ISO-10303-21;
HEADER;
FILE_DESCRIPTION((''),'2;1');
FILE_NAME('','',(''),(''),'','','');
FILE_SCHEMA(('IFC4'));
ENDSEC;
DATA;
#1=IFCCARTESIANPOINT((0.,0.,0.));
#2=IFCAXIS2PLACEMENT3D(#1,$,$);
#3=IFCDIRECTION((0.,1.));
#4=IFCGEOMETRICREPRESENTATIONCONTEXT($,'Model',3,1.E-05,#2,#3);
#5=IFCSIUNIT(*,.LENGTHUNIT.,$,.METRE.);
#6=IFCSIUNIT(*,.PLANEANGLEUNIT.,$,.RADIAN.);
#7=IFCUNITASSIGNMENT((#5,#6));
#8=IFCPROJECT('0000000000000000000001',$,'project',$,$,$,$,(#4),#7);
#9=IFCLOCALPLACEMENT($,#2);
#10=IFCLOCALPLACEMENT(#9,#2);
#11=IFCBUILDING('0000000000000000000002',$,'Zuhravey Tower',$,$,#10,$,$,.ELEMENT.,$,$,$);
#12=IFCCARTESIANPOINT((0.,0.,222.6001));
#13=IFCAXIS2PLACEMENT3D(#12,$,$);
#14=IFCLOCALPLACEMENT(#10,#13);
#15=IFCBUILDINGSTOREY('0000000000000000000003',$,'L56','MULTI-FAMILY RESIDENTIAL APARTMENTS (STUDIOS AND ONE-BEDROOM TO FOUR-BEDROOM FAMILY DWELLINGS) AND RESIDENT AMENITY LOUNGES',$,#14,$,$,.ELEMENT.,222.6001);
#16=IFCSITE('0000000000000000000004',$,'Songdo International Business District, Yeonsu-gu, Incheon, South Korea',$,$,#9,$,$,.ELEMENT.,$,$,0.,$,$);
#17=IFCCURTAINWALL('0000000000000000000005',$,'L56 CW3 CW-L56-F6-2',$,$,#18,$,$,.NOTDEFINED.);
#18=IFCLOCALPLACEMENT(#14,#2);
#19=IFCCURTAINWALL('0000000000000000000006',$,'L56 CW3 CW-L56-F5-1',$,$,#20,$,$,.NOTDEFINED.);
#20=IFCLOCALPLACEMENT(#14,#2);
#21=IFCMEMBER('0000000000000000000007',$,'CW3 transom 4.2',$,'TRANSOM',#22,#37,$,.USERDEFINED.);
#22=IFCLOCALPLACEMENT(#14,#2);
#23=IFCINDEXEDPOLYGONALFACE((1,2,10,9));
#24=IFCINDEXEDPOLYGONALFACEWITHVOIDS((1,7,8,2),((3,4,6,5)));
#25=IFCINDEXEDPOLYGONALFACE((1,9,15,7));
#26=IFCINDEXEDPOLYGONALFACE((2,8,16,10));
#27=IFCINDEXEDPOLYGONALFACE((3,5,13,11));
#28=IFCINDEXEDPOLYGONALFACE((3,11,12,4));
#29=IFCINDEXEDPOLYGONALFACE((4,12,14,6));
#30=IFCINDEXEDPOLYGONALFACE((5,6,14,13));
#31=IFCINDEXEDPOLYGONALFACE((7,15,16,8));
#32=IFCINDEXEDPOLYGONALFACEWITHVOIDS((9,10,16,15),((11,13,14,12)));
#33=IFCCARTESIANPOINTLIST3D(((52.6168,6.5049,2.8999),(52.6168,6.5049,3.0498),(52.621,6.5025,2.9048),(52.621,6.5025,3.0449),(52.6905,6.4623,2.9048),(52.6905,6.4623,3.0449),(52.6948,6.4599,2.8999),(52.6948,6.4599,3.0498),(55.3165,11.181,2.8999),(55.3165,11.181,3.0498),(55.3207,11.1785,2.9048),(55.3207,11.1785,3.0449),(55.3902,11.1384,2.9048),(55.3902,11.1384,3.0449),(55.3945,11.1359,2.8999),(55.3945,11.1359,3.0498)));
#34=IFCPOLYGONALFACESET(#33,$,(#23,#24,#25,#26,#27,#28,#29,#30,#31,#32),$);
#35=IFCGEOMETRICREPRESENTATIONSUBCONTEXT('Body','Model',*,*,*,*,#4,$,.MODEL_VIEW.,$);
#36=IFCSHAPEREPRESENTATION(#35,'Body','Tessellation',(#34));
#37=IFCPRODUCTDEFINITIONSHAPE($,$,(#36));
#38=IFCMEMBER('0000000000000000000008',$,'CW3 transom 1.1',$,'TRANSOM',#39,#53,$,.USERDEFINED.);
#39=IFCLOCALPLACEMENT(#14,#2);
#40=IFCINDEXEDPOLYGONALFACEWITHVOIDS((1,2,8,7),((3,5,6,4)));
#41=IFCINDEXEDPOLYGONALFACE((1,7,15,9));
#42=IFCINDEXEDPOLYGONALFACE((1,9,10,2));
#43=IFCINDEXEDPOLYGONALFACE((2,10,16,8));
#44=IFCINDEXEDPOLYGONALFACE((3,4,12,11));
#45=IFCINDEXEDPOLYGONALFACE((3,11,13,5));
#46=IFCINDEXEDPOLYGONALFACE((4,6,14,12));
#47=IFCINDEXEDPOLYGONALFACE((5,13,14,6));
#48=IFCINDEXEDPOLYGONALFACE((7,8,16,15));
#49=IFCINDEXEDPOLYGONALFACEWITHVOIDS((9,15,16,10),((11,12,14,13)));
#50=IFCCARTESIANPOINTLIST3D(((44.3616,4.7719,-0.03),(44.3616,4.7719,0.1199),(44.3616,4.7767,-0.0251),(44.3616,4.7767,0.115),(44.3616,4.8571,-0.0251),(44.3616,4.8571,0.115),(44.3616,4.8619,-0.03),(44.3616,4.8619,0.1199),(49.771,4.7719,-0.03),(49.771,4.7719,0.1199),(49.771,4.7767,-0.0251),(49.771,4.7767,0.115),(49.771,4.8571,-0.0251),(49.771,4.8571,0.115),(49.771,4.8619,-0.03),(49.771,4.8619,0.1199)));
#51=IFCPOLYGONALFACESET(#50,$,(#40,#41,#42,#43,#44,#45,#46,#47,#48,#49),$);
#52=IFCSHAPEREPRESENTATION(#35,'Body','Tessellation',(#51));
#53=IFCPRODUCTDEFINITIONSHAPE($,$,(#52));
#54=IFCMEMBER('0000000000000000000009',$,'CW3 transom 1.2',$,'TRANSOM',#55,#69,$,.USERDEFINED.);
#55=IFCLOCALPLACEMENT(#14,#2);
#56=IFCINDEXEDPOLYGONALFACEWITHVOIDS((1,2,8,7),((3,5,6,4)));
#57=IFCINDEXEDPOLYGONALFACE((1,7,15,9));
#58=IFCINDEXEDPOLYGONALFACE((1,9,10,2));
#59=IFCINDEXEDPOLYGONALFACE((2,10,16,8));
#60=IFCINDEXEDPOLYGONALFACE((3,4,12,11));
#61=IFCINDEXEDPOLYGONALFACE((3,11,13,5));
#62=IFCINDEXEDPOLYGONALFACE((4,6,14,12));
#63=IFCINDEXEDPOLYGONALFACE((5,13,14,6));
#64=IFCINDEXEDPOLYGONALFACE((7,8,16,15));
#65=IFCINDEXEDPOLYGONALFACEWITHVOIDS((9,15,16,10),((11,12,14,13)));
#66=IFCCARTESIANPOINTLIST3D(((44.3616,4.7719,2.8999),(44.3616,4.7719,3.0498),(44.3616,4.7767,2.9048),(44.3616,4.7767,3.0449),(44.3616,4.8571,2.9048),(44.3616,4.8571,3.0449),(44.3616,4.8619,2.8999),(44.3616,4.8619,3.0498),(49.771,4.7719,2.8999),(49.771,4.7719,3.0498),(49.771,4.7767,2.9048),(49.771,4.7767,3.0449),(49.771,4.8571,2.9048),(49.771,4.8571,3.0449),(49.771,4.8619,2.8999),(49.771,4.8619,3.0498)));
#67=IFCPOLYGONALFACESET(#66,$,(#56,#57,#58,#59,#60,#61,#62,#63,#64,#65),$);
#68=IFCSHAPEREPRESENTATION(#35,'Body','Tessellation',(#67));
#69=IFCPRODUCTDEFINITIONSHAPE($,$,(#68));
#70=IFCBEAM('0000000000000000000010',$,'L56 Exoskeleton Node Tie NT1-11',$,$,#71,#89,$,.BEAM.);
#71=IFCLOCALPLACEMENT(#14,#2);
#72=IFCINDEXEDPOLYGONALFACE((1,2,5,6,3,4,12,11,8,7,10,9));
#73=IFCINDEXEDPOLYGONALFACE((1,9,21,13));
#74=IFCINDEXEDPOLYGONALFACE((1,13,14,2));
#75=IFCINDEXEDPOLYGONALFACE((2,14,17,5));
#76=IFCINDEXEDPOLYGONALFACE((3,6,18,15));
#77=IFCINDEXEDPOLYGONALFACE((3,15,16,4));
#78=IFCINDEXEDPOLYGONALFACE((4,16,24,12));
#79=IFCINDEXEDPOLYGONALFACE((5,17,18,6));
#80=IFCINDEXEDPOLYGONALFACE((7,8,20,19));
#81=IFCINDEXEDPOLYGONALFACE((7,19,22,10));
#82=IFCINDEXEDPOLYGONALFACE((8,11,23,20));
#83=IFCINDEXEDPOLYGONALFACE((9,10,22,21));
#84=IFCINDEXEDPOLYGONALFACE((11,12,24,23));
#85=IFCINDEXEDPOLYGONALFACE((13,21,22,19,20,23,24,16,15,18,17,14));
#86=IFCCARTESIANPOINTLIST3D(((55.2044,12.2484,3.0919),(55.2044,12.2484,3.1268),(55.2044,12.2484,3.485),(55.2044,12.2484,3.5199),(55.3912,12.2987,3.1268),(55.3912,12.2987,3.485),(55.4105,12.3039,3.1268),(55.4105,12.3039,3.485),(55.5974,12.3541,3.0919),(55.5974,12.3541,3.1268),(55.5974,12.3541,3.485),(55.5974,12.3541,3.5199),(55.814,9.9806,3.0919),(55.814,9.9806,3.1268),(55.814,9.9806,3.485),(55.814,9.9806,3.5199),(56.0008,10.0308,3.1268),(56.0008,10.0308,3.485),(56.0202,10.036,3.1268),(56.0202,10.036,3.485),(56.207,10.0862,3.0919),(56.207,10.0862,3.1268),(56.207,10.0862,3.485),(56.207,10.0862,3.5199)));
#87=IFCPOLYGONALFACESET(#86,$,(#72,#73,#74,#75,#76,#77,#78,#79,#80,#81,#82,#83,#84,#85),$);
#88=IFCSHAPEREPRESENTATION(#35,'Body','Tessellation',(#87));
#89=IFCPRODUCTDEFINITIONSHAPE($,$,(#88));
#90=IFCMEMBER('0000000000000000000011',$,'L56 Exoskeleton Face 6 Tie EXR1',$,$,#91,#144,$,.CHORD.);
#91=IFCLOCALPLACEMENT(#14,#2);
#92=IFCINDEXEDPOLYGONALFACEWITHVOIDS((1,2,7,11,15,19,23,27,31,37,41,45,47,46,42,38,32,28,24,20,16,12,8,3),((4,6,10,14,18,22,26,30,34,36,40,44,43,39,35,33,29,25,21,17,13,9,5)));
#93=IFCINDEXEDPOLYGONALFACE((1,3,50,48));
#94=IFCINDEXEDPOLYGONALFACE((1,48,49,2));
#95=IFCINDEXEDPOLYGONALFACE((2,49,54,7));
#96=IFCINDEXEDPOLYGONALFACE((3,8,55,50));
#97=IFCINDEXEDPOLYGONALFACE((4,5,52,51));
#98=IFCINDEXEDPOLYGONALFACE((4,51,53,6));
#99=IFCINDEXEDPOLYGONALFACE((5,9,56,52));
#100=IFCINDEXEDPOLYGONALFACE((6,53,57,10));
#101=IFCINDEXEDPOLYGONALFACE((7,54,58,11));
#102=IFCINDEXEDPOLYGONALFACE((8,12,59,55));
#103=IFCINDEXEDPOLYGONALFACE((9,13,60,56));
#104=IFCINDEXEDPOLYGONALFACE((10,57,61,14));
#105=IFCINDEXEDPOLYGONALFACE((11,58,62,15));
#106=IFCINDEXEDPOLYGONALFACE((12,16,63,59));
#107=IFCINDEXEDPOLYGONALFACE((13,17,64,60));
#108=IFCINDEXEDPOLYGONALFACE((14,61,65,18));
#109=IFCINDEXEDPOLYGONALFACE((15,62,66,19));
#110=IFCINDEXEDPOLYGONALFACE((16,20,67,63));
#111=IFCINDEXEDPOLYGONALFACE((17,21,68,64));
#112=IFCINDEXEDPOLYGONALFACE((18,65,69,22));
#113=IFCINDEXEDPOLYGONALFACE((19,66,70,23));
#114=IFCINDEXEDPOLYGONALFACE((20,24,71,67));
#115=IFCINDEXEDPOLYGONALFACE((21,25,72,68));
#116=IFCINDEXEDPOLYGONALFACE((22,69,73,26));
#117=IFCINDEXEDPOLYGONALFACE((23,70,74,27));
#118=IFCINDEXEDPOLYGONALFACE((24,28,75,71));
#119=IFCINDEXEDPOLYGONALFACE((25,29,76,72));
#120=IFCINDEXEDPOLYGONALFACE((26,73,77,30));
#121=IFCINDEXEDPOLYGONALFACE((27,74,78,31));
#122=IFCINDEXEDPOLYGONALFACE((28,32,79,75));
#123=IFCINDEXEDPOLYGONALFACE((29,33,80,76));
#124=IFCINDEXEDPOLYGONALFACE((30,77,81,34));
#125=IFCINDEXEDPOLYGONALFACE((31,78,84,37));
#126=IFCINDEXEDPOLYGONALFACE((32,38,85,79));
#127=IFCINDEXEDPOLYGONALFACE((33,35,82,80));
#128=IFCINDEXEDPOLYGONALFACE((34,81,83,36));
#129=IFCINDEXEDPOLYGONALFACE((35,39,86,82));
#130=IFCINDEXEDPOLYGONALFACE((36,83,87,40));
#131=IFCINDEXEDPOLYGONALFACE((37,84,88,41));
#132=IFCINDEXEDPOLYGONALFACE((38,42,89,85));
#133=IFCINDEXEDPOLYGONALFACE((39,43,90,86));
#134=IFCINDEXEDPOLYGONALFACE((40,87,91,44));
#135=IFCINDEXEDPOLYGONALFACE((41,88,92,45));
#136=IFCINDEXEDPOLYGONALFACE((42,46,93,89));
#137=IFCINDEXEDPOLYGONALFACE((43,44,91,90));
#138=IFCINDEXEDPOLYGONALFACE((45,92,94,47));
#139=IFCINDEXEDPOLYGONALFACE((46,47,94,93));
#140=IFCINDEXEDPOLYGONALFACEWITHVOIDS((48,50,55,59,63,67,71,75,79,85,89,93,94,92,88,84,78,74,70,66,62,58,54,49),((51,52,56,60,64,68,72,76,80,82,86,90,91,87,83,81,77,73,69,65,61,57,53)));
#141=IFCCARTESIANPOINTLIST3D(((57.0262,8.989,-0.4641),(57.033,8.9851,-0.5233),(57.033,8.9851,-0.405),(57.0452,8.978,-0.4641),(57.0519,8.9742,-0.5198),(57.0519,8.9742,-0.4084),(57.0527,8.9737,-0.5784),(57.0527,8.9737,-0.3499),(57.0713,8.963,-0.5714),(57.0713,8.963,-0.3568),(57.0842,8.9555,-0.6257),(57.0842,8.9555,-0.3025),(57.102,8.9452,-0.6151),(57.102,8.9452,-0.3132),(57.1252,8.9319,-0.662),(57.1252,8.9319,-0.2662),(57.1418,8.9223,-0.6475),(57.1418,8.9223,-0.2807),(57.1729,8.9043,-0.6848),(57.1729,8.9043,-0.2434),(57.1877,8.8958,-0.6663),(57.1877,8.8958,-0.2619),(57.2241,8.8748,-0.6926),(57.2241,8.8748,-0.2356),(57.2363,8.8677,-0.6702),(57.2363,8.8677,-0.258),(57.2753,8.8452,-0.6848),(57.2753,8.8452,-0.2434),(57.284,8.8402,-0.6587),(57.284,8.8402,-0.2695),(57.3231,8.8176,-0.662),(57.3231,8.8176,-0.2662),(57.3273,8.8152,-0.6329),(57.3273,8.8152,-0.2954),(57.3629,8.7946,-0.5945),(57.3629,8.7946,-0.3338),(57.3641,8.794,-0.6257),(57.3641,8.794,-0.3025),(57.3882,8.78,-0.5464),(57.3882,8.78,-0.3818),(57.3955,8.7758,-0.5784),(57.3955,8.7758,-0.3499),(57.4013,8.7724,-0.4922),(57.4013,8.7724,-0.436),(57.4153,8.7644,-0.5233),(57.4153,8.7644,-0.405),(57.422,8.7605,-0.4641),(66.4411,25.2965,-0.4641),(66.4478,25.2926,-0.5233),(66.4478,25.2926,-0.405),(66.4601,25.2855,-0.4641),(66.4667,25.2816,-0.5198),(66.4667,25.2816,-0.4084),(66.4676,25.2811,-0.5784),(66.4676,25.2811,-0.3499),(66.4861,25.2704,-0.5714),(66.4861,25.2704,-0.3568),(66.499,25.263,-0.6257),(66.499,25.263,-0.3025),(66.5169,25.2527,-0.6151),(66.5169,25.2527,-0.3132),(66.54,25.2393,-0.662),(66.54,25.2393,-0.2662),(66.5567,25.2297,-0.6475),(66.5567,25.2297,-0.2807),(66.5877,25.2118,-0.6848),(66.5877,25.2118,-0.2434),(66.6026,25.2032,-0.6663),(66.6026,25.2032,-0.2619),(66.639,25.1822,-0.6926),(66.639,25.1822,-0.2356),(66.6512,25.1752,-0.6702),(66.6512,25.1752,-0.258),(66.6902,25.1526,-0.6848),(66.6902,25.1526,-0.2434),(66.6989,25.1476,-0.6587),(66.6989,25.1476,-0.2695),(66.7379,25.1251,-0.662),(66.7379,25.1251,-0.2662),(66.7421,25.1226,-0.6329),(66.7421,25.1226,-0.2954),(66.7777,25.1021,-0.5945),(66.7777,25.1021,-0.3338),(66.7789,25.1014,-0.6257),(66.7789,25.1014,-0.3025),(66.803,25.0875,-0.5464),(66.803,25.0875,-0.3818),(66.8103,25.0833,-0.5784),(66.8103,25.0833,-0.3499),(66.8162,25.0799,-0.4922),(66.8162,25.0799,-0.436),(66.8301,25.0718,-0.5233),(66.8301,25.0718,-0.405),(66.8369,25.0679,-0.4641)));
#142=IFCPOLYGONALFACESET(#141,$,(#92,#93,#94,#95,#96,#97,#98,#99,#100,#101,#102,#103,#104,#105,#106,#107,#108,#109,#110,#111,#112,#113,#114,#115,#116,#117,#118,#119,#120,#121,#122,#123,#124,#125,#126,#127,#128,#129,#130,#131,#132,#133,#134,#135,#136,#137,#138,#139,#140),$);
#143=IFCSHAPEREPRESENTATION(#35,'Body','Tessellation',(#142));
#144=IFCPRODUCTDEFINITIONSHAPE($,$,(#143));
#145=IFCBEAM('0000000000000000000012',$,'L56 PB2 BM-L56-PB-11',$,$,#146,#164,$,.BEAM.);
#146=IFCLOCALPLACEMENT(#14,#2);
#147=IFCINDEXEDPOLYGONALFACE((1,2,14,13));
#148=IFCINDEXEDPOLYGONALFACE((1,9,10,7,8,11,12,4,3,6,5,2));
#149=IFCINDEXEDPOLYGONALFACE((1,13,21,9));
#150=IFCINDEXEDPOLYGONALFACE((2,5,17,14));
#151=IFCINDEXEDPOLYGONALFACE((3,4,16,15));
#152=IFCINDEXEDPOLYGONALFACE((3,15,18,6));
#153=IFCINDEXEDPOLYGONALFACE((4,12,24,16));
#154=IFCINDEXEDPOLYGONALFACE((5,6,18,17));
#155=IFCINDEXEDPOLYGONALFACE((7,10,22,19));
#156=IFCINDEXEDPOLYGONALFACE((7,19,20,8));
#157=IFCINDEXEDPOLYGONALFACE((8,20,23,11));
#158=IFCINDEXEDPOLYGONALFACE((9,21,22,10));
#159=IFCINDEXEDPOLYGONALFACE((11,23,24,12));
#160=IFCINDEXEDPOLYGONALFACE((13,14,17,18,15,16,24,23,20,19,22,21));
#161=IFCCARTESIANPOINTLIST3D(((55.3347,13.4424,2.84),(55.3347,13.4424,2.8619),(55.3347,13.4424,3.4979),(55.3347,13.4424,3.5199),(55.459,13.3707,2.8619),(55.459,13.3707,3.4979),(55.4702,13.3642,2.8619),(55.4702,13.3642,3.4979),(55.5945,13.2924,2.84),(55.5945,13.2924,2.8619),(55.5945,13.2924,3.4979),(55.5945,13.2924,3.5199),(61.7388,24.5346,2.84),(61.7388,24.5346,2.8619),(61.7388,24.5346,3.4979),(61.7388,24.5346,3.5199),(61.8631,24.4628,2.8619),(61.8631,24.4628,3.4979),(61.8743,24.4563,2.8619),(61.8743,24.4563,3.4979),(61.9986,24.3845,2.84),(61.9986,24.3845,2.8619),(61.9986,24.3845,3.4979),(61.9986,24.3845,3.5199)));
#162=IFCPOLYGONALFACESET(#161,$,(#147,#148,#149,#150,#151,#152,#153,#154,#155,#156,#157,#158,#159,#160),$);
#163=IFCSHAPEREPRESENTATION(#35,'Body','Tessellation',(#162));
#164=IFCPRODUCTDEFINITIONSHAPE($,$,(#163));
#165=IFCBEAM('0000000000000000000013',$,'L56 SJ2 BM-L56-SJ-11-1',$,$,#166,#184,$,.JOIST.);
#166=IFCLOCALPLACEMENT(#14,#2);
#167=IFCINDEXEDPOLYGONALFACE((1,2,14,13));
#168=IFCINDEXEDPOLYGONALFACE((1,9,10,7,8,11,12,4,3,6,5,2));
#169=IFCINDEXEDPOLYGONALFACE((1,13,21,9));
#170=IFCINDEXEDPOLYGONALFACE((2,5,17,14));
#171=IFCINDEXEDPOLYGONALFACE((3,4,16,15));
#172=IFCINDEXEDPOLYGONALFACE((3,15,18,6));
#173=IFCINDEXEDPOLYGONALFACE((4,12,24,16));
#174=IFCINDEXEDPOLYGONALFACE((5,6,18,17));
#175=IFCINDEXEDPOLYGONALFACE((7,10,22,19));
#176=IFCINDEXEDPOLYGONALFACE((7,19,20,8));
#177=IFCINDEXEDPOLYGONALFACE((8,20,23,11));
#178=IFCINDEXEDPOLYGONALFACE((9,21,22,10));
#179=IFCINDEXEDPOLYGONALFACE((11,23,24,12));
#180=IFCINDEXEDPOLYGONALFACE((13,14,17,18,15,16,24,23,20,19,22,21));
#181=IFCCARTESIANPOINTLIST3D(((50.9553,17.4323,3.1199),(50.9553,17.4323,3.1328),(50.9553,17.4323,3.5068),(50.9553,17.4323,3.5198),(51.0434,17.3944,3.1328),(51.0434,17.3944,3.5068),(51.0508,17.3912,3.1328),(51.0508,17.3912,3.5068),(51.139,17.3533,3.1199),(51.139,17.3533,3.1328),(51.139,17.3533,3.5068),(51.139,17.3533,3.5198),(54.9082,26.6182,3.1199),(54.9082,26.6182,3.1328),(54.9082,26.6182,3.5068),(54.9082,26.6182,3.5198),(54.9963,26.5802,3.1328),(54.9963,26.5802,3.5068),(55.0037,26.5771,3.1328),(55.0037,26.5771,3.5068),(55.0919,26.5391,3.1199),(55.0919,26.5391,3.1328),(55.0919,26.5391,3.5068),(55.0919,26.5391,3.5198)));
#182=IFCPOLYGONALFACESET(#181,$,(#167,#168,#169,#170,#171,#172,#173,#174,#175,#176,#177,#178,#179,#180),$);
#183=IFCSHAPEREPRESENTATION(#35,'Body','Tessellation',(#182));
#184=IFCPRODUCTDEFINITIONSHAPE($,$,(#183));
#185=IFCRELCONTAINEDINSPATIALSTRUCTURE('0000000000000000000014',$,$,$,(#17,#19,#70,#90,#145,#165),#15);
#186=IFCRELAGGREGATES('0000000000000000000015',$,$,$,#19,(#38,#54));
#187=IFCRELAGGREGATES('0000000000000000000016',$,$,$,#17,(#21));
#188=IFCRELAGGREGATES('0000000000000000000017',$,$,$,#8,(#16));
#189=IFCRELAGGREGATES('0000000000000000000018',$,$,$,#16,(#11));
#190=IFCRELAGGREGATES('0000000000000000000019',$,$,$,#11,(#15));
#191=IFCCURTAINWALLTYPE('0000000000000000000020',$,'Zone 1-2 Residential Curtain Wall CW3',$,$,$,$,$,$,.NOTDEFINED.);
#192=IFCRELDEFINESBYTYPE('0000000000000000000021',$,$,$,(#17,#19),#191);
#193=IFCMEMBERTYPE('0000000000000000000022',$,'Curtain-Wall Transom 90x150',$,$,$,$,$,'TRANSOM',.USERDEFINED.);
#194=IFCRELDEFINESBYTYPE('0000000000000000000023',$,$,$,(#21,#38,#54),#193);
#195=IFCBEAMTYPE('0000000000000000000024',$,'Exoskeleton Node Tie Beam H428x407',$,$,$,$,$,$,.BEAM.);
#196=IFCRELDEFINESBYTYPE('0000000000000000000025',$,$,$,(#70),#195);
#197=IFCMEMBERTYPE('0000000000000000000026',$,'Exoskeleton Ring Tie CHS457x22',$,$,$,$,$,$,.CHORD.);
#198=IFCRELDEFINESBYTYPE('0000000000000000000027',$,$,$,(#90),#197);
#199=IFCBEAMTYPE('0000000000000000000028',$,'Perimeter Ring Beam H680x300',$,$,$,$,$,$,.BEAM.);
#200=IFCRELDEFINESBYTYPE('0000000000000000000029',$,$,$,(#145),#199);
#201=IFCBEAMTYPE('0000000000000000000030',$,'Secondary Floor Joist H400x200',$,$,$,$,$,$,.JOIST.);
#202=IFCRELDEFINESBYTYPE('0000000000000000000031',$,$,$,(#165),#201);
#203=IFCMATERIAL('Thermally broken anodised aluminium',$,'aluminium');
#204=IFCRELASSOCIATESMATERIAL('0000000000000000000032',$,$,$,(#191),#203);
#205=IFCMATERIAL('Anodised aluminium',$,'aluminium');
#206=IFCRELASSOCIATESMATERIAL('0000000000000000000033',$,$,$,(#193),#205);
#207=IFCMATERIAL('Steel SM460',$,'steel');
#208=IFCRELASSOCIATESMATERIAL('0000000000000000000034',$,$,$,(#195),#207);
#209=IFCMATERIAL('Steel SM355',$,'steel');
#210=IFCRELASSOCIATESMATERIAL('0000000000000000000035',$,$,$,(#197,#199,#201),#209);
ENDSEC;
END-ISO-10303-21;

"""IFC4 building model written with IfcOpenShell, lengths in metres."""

from ifc_helpers import new_model, si_unit, direction, frame, origin, origin_2d, place, context, subcontext, project, spatial, hollow_rectangle, hollow_circle, i_section, extrude, material, material_profile, profile_set, type_object, element, aggregate, save


model = new_model("IFC4")

# Units and contexts
model_context = context("Model", 3, precision=1e-05, world=origin(), true_north=direction((0.0, 1.0)))
body_context = subcontext(model_context, "Body", "Model", "MODEL_VIEW")
ifc_project = project(units=[si_unit("LENGTHUNIT", "METRE"), si_unit("PLANEANGLEUNIT", "RADIAN")], contexts=[model_context])

# Site, building, storey
site_placement = place(None, origin())
site = spatial("IfcSite", under=ifc_project, at=site_placement, Name="Songdo International Business District, Yeonsu-gu, Incheon, South Korea", CompositionType="ELEMENT", RefElevation=0.0)
building_placement = place(site_placement, origin())
building = spatial("IfcBuilding", under=site, at=building_placement, Name="Zuhravey Tower", CompositionType="ELEMENT")
storey_placement = place(building_placement, frame((0.0, 0.0, 222.6001)))
storey = spatial("IfcBuildingStorey", under=building, at=storey_placement, Name="L56", Description="MULTI-FAMILY RESIDENTIAL APARTMENTS (STUDIOS AND ONE-BEDROOM TO FOUR-BEDROOM FAMILY DWELLINGS) AND RESIDENT AMENITY LOUNGES", CompositionType="ELEMENT", Elevation=222.6001)

# Curtain wall
ifc_material_1 = material(Name="Thermally broken anodised aluminium", Category="aluminium")
curtain_wall_type = type_object("IfcCurtainWallType", Name="Zone 1-2 Residential Curtain Wall CW3", PredefinedType="NOTDEFINED", material=ifc_material_1)
curtain_wall_1_placement = place(storey_placement, origin())
curtain_wall_1 = element("IfcCurtainWall", 1, at=curtain_wall_1_placement, inside=storey, type_object=curtain_wall_type, Name="L56 CW3 CW-L56-F6-2", PredefinedType="NOTDEFINED")
ifc_material_2 = material(Name="Anodised aluminium", Category="aluminium")

# Curtain wall
curtain_wall_2_placement = place(storey_placement, origin())
curtain_wall_2 = element("IfcCurtainWall", 2, at=curtain_wall_2_placement, inside=storey, type_object=curtain_wall_type, Name="L56 CW3 CW-L56-F5-1", PredefinedType="NOTDEFINED")

# Members
ifc_material_profile_1 = material_profile(ifc_material_2, hollow_rectangle(XDim=0.0901, YDim=0.1499, WallThickness=0.0049, at=origin_2d()), Name="ALU-RHS-90x150x5")
ifc_profile_set_1 = profile_set([ifc_material_profile_1], Name="Anodised aluminium")
member_type_1 = type_object("IfcMemberType", Name="Curtain-Wall Transom 90x150", ElementType="TRANSOM", PredefinedType="USERDEFINED", material=ifc_profile_set_1)
member_1_placement = place(storey_placement, frame((55.3555, 11.1584, 2.9749), z_axis=(-0.5, -0.866025, 0.0), x_axis=(0.866025, -0.5, 0.0)))
member_1 = element("IfcMember", 3, at=member_1_placement, type_object=member_type_1, Name="CW3 transom 4.2", ObjectType="TRANSOM", PredefinedType="USERDEFINED", context=body_context, shape_type="SweptSolid", body=[
    extrude(hollow_rectangle(XDim=0.0901, YDim=0.1499, WallThickness=0.0049, at=origin_2d()), origin(), (0.0, 0.0, 1.0), 5.3994),
])
member_2_placement = place(storey_placement, frame((49.771, 4.8169, 0.0449), z_axis=(-1.0, 0.0, 0.0), x_axis=(0.0, -1.0, 0.0)))
member_2 = element("IfcMember", 4, at=member_2_placement, type_object=member_type_1, Name="CW3 transom 1.1", ObjectType="TRANSOM", PredefinedType="USERDEFINED", context=body_context, shape_type="SweptSolid", body=[
    extrude(hollow_rectangle(XDim=0.0901, YDim=0.1499, WallThickness=0.0049, at=origin_2d()), origin(), (0.0, 0.0, 1.0), 5.4094),
])
member_3_placement = place(storey_placement, frame((49.771, 4.8169, 2.9749), z_axis=(-1.0, 0.0, 0.0), x_axis=(0.0, -1.0, 0.0)))
member_3 = element("IfcMember", 5, at=member_3_placement, type_object=member_type_1, Name="CW3 transom 1.2", ObjectType="TRANSOM", PredefinedType="USERDEFINED", context=body_context, shape_type="SweptSolid", body=[
    extrude(hollow_rectangle(XDim=0.0901, YDim=0.1499, WallThickness=0.0049, at=origin_2d()), origin(), (0.0, 0.0, 1.0), 5.4094),
])
aggregate(curtain_wall_2, [member_2, member_3])

# Beam
ifc_material_3 = material(Name="Steel SM460", Category="steel")
ifc_material_profile_2 = material_profile(ifc_material_3, i_section(OverallWidth=0.407, OverallDepth=0.428, WebThickness=0.02, FlangeThickness=0.0349, at=origin_2d()), Name="H-428x407x20x35")
ifc_profile_set_2 = profile_set([ifc_material_profile_2], Name="Steel SM460")
beam_type_1 = type_object("IfcBeamType", Name="Exoskeleton Node Tie Beam H428x407", PredefinedType="BEAM", material=ifc_profile_set_2)
beam_1_placement = place(storey_placement, frame((55.4009, 12.3013, 3.3059), z_axis=(0.259597, -0.965717, 0.0), x_axis=(0.965717, 0.259597, 0.0)))
element("IfcBeam", 6, at=beam_1_placement, inside=storey, type_object=beam_type_1, Name="L56 Exoskeleton Node Tie NT1-11", PredefinedType="BEAM", context=body_context, shape_type="SweptSolid", body=[
    extrude(i_section(OverallWidth=0.407, OverallDepth=0.428, WebThickness=0.02, FlangeThickness=0.0349, at=origin_2d()), origin(), (0.0, 0.0, 1.0), 2.3484),
])

# Member
ifc_material_4 = material(Name="Steel SM355", Category="steel")
ifc_material_profile_3 = material_profile(ifc_material_4, hollow_circle(Radius=0.2285, WallThickness=0.022, at=origin_2d()), Name="CHS-457.2x22")
ifc_profile_set_3 = profile_set([ifc_material_profile_3], Name="Steel SM355")
member_type_2 = type_object("IfcMemberType", Name="Exoskeleton Ring Tie CHS457x22", PredefinedType="CHORD", material=ifc_profile_set_3)
member_4_placement = place(storey_placement, frame((57.2241, 8.8748, -0.4641), z_axis=(0.499989, 0.866032, 0.0), x_axis=(-0.866032, 0.499989, 0.0)))
element("IfcMember", 7, at=member_4_placement, inside=storey, type_object=member_type_2, Name="L56 Exoskeleton Face 6 Tie EXR1", PredefinedType="CHORD", context=body_context, shape_type="SweptSolid", body=[
    extrude(hollow_circle(Radius=0.2285, WallThickness=0.022, at=origin_2d()), origin(), (0.0, 0.0, 1.0), 18.8301),
])

# Beams
ifc_material_profile_4 = material_profile(ifc_material_4, i_section(OverallWidth=0.3, OverallDepth=0.6799, WebThickness=0.0129, FlangeThickness=0.022, at=origin_2d()), Name="H-680x300x13x22")
ifc_profile_set_4 = profile_set([ifc_material_profile_4], Name="Steel SM355")
beam_type_2 = type_object("IfcBeamType", Name="Perimeter Ring Beam H680x300", PredefinedType="BEAM", material=ifc_profile_set_4)
beam_2_placement = place(storey_placement, frame((55.4646, 13.3674, 3.1799), z_axis=(0.500004, 0.866023, 0.0), x_axis=(-0.866023, 0.500004, 0.0)))
element("IfcBeam", 8, at=beam_2_placement, inside=storey, type_object=beam_type_2, Name="L56 PB2 BM-L56-PB-11", PredefinedType="BEAM", context=body_context, shape_type="SweptSolid", body=[
    extrude(i_section(OverallWidth=0.3, OverallDepth=0.6799, WebThickness=0.0129, FlangeThickness=0.022, at=origin_2d()), origin(), (0.0, 0.0, 1.0), 12.8081),
])
ifc_material_profile_5 = material_profile(ifc_material_4, i_section(OverallWidth=0.2, OverallDepth=0.3999, WebThickness=0.0081, FlangeThickness=0.0129, at=origin_2d()), Name="H-400x200x8x13")
ifc_profile_set_5 = profile_set([ifc_material_profile_5], Name="Steel SM355")
beam_type_3 = type_object("IfcBeamType", Name="Secondary Floor Joist H400x200", PredefinedType="JOIST", material=ifc_profile_set_5)
beam_3_placement = place(storey_placement, frame((51.0471, 17.3928, 3.3198), z_axis=(0.39528, 0.918561, 0.0), x_axis=(-0.918561, 0.39528, 0.0)))
element("IfcBeam", 9, at=beam_3_placement, inside=storey, type_object=beam_type_3, Name="L56 SJ2 BM-L56-SJ-11-1", PredefinedType="JOIST", context=body_context, shape_type="SweptSolid", body=[
    extrude(i_section(OverallWidth=0.2, OverallDepth=0.3999, WebThickness=0.0081, FlangeThickness=0.0129, at=origin_2d()), origin(), (0.0, 0.0, 1.0), 10.0002),
])

aggregate(curtain_wall_1, [member_1])

save(model, "model.ifc")
